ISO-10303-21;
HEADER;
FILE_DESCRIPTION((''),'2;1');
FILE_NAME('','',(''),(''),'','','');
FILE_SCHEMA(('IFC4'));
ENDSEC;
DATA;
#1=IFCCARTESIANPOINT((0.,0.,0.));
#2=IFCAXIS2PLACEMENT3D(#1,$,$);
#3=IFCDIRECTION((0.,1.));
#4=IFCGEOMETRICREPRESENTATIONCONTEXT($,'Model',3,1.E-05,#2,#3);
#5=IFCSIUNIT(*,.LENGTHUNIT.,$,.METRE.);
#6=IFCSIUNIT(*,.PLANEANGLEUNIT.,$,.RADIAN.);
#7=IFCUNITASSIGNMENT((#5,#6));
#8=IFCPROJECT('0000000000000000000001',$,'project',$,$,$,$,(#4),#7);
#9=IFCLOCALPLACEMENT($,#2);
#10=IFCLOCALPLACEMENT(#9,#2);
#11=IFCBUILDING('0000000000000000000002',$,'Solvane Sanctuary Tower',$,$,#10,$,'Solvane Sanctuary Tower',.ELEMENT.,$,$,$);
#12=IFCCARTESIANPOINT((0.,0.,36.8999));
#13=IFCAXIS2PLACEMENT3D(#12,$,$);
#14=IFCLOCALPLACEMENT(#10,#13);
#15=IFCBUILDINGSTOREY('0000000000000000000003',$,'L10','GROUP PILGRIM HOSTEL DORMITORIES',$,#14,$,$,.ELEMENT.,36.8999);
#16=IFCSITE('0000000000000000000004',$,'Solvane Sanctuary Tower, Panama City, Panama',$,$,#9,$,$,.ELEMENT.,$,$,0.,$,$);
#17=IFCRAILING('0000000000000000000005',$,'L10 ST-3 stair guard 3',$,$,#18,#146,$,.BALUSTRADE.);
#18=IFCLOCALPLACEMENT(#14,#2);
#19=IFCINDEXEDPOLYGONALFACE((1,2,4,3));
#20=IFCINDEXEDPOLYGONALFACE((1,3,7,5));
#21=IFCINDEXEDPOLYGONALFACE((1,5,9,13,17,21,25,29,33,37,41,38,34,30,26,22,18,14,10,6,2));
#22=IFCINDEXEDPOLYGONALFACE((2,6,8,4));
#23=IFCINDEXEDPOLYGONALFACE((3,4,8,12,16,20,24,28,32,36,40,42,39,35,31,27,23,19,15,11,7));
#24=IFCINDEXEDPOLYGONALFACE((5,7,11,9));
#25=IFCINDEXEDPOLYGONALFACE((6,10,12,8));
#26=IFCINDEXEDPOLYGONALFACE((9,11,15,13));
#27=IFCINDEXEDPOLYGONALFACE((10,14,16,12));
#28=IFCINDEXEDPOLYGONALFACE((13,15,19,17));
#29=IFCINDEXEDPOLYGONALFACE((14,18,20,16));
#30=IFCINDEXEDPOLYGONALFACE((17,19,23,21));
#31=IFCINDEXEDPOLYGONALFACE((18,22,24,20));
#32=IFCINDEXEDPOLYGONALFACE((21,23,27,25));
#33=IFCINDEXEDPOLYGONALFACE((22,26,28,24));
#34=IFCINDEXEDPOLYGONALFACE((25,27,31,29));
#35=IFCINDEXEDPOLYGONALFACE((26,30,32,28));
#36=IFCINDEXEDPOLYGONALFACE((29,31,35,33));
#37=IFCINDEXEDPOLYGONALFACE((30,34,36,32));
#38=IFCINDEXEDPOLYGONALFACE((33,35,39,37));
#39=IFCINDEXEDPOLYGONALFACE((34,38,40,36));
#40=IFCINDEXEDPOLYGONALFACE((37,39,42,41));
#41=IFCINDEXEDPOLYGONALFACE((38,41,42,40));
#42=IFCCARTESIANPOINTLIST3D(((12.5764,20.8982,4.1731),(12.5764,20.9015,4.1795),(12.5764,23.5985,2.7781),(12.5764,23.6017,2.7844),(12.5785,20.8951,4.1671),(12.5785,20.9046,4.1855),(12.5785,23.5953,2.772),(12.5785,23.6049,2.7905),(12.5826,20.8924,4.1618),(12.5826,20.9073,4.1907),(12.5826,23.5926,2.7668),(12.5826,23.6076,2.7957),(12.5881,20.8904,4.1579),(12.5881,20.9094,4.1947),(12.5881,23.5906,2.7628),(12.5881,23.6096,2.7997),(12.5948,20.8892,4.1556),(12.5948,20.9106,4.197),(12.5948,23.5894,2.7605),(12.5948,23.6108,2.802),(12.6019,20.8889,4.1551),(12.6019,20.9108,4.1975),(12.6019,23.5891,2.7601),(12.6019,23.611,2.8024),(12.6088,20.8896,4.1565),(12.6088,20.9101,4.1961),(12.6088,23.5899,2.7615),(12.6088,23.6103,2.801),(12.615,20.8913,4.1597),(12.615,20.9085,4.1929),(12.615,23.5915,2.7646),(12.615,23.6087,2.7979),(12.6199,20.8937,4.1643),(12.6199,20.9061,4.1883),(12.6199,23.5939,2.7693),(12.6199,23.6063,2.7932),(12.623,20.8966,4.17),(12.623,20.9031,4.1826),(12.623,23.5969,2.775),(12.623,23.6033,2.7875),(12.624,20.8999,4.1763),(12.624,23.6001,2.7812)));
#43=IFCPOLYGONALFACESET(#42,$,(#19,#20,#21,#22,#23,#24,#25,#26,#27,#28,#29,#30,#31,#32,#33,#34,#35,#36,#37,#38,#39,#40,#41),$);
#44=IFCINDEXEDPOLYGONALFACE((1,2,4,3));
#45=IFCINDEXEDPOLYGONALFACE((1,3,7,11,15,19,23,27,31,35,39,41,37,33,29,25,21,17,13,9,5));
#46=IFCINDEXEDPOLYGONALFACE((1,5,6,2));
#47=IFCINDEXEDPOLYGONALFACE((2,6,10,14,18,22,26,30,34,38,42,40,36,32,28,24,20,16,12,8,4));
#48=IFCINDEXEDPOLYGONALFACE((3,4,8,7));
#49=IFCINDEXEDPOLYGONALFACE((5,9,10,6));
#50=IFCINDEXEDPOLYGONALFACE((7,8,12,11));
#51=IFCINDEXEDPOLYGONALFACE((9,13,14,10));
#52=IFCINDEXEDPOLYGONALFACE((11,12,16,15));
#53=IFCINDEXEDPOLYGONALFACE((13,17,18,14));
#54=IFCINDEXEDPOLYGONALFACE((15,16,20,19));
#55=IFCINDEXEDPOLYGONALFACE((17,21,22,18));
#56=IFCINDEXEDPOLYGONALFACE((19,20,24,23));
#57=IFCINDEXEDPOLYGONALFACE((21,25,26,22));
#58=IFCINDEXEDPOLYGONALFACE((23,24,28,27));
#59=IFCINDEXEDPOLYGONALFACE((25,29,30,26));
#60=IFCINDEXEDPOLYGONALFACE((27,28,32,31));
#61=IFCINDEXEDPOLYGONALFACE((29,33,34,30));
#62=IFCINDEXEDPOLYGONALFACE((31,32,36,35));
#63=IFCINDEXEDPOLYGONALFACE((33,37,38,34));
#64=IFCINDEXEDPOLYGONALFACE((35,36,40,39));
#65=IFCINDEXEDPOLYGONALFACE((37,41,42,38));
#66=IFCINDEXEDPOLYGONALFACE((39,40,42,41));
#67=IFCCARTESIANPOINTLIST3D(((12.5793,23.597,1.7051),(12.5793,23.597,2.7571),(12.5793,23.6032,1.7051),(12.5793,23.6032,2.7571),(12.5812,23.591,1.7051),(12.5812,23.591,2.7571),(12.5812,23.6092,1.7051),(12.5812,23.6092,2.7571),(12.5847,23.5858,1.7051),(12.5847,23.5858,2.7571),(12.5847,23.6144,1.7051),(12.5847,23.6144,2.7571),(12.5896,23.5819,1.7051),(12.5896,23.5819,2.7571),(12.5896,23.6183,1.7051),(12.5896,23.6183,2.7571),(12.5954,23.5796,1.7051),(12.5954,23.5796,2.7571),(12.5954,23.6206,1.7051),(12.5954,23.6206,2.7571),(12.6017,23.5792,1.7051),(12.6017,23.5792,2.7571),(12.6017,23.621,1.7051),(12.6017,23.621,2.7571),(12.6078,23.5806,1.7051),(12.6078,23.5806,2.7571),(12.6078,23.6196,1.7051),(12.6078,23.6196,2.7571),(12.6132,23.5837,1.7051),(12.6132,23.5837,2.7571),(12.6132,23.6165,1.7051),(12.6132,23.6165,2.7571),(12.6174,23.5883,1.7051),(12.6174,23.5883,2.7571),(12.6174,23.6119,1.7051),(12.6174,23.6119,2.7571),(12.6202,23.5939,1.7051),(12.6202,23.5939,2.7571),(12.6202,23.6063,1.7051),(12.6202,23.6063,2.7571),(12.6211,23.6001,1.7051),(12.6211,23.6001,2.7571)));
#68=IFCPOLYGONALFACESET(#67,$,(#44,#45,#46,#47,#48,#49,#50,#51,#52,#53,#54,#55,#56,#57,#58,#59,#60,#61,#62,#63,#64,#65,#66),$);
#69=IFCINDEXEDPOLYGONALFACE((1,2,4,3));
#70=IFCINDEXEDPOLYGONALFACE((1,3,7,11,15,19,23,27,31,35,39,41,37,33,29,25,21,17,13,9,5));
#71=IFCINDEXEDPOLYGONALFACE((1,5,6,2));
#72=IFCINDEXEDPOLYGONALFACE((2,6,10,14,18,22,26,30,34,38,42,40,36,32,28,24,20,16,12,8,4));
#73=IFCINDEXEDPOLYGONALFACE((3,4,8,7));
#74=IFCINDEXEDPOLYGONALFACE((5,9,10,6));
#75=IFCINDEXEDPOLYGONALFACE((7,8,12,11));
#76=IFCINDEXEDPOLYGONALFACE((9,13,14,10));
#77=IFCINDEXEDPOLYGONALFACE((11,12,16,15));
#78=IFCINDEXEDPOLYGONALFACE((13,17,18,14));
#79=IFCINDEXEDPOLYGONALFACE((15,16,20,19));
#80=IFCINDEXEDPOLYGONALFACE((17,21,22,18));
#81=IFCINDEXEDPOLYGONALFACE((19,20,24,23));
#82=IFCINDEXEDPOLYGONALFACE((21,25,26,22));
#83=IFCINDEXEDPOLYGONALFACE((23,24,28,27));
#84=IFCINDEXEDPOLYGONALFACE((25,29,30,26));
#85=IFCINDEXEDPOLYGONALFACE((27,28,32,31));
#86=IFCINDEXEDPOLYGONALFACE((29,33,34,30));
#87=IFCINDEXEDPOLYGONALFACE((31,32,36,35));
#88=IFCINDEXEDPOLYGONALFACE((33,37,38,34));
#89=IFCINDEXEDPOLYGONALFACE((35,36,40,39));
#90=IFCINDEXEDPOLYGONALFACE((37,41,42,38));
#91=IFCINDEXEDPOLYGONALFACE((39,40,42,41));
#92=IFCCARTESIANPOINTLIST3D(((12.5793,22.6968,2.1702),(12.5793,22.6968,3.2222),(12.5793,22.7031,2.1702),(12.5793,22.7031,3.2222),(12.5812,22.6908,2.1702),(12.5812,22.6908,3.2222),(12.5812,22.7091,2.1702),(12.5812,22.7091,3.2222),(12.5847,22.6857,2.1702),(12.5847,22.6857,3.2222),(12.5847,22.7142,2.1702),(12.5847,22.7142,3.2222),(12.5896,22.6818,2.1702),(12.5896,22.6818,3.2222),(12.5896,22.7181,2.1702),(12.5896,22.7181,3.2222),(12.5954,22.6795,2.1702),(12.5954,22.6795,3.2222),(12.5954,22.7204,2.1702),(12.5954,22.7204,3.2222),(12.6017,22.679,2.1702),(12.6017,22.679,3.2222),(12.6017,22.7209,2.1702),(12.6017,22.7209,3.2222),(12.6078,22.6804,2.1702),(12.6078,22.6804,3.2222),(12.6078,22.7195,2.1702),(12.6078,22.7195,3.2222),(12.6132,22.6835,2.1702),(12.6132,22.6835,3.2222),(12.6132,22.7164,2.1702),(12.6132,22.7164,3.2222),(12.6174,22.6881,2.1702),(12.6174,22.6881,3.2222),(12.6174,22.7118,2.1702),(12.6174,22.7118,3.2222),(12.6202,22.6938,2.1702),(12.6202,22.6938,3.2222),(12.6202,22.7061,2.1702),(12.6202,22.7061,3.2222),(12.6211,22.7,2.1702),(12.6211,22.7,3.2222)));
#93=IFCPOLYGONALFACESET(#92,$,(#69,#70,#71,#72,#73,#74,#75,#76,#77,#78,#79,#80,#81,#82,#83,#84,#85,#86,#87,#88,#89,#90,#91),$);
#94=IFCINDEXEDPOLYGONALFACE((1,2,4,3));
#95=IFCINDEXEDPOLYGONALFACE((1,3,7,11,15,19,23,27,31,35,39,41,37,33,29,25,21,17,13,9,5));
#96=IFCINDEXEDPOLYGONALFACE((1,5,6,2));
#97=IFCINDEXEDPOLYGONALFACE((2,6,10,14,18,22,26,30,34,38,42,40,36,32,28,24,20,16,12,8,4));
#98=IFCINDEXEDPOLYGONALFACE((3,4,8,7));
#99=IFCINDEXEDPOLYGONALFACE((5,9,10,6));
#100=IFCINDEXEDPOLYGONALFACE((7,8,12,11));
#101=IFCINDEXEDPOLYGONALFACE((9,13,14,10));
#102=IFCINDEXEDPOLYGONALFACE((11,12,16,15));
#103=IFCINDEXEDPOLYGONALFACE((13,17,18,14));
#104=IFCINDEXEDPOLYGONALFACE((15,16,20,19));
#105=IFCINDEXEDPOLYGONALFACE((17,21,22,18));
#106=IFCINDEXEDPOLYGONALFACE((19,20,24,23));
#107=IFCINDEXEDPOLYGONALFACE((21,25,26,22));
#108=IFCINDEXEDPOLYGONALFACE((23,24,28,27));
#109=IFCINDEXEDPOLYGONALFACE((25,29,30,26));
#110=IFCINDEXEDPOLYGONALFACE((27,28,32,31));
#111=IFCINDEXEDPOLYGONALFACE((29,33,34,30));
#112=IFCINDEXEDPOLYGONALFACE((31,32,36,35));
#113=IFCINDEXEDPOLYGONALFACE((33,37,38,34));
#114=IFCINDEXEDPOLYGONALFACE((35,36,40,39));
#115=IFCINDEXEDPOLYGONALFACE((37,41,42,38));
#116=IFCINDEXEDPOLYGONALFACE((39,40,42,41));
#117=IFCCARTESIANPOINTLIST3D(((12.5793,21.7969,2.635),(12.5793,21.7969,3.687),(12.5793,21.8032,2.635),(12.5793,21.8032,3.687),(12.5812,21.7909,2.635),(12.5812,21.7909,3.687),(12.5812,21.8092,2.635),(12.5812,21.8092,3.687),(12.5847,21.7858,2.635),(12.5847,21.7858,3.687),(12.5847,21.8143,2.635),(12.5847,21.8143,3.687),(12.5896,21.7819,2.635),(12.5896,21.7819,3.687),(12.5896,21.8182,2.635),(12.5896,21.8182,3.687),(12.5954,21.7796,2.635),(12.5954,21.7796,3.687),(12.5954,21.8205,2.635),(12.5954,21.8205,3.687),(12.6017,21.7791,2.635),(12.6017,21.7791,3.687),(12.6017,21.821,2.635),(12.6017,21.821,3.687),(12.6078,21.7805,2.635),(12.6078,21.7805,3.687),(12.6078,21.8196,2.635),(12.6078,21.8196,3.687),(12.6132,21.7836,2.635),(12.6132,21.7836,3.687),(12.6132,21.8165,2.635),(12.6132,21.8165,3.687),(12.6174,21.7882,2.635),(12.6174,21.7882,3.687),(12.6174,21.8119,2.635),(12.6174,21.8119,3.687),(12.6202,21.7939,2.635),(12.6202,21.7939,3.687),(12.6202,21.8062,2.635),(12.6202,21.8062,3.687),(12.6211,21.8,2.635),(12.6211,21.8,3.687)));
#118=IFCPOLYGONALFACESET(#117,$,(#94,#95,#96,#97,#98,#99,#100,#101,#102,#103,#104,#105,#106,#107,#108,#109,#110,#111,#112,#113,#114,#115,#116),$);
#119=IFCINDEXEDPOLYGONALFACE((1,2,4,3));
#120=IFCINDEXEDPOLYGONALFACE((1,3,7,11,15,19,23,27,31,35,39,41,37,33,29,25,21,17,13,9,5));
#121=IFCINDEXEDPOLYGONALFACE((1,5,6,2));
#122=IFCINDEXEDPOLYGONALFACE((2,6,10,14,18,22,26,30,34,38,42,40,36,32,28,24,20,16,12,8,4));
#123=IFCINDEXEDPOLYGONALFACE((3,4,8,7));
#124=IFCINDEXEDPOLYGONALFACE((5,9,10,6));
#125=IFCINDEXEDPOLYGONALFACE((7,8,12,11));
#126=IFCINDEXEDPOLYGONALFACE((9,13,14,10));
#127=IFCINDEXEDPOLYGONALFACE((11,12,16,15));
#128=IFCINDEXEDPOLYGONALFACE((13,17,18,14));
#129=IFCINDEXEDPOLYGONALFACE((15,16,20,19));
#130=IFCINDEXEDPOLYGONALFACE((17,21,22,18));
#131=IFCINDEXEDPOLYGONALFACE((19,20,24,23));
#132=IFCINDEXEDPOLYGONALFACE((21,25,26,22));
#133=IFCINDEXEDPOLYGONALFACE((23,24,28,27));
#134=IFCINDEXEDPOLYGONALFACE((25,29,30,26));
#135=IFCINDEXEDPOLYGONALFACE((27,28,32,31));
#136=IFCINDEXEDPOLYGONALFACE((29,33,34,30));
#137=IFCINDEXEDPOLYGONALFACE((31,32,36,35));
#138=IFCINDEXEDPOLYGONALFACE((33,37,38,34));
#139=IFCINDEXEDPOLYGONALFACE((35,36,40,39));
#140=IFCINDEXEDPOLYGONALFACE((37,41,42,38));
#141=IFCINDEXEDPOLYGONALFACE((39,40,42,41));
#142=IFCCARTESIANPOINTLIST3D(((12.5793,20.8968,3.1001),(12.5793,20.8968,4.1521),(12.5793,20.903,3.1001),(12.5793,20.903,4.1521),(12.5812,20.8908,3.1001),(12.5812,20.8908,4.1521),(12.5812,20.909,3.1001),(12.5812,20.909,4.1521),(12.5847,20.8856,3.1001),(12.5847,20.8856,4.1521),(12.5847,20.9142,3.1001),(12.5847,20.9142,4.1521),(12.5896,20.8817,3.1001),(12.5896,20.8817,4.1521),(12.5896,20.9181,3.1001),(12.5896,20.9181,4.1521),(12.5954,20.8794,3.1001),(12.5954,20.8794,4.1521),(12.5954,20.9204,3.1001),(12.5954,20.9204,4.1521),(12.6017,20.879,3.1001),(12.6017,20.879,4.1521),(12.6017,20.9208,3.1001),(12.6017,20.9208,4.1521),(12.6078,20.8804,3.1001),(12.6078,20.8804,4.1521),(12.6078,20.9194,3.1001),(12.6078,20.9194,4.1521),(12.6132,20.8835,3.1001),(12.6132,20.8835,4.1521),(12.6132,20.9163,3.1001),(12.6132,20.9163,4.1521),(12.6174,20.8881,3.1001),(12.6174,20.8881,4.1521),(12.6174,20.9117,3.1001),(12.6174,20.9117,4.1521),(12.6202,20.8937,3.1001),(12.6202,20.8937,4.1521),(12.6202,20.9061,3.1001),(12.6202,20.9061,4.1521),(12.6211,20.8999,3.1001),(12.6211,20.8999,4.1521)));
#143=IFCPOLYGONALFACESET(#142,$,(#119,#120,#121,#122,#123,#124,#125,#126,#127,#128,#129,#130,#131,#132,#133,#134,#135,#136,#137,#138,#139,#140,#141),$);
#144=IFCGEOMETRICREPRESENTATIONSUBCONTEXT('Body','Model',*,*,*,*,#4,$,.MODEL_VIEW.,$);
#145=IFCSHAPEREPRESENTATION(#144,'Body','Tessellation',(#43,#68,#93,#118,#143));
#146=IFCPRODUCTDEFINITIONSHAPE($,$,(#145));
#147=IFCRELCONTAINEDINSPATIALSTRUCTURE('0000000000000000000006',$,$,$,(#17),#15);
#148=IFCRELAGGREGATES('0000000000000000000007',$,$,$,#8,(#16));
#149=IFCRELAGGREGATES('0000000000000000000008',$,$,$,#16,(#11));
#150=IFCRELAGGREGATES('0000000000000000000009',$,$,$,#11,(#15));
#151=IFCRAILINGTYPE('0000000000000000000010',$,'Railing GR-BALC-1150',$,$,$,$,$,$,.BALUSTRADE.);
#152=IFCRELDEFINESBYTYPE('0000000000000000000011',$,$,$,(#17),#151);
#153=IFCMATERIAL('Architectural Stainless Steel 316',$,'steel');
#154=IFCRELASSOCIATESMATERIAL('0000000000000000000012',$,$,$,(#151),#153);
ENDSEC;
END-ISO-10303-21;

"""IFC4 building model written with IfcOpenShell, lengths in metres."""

from ifc_helpers import new_model, si_unit, direction, frame, origin, origin_2d, place, context, subcontext, project, spatial, circle, extrude, material, type_object, element, save


model = new_model("IFC4")

# Units and contexts
model_context = context("Model", 3, precision=1e-05, world=origin(), true_north=direction((0.0, 1.0)))
body_context = subcontext(model_context, "Body", "Model", "MODEL_VIEW")
ifc_project = project(units=[si_unit("LENGTHUNIT", "METRE"), si_unit("PLANEANGLEUNIT", "RADIAN")], contexts=[model_context])

# Site, building, storey
site_placement = place(None, origin())
site = spatial("IfcSite", under=ifc_project, at=site_placement, Name="Solvane Sanctuary Tower, Panama City, Panama", CompositionType="ELEMENT", RefElevation=0.0)
building_placement = place(site_placement, origin())
building = spatial("IfcBuilding", under=site, at=building_placement, Name="Solvane Sanctuary Tower", LongName="Solvane Sanctuary Tower", CompositionType="ELEMENT")
storey_placement = place(building_placement, frame((0.0, 0.0, 36.8999)))
storey = spatial("IfcBuildingStorey", under=building, at=storey_placement, Name="L10", Description="GROUP PILGRIM HOSTEL DORMITORIES", CompositionType="ELEMENT", Elevation=36.8999)

# Railing
ifc_material_1 = material(Name="Architectural Stainless Steel 316", Category="steel")
railing_type_1 = type_object("IfcRailingType", Name="Railing GR-BALC-1150", PredefinedType="BALUSTRADE", material=ifc_material_1)
railing_1_placement = place(storey_placement, frame((12.6001, 23.6001, 1.7051)))
element("IfcRailing", 1, at=railing_1_placement, inside=storey, type_object=railing_type_1, Name="L10 ST-3 stair guard 3", PredefinedType="BALUSTRADE", context=body_context, shape_type="SweptSolid", body=[
    extrude(circle(Radius=0.0239, at=origin_2d()), frame((0.0, 0.0, 1.0762), z_axis=(0.0, -0.888437, 0.458999), x_axis=(1.0, 0.0, 0.0)), (0.0, 0.0, 1.0), 3.0393),
    extrude(circle(Radius=0.021, at=origin_2d()), origin(), (0.0, 0.0, 1.0), 1.052),
    extrude(circle(Radius=0.021, at=origin_2d()), frame((0.0, -0.9001, 0.4651)), (0.0, 0.0, 1.0), 1.052),
    extrude(circle(Radius=0.021, at=origin_2d()), frame((0.0, -1.8, 0.9299)), (0.0, 0.0, 1.0), 1.052),
    extrude(circle(Radius=0.021, at=origin_2d()), frame((0.0, -2.7002, 1.395)), (0.0, 0.0, 1.0), 1.052),
])

save(model, "model.ifc")
